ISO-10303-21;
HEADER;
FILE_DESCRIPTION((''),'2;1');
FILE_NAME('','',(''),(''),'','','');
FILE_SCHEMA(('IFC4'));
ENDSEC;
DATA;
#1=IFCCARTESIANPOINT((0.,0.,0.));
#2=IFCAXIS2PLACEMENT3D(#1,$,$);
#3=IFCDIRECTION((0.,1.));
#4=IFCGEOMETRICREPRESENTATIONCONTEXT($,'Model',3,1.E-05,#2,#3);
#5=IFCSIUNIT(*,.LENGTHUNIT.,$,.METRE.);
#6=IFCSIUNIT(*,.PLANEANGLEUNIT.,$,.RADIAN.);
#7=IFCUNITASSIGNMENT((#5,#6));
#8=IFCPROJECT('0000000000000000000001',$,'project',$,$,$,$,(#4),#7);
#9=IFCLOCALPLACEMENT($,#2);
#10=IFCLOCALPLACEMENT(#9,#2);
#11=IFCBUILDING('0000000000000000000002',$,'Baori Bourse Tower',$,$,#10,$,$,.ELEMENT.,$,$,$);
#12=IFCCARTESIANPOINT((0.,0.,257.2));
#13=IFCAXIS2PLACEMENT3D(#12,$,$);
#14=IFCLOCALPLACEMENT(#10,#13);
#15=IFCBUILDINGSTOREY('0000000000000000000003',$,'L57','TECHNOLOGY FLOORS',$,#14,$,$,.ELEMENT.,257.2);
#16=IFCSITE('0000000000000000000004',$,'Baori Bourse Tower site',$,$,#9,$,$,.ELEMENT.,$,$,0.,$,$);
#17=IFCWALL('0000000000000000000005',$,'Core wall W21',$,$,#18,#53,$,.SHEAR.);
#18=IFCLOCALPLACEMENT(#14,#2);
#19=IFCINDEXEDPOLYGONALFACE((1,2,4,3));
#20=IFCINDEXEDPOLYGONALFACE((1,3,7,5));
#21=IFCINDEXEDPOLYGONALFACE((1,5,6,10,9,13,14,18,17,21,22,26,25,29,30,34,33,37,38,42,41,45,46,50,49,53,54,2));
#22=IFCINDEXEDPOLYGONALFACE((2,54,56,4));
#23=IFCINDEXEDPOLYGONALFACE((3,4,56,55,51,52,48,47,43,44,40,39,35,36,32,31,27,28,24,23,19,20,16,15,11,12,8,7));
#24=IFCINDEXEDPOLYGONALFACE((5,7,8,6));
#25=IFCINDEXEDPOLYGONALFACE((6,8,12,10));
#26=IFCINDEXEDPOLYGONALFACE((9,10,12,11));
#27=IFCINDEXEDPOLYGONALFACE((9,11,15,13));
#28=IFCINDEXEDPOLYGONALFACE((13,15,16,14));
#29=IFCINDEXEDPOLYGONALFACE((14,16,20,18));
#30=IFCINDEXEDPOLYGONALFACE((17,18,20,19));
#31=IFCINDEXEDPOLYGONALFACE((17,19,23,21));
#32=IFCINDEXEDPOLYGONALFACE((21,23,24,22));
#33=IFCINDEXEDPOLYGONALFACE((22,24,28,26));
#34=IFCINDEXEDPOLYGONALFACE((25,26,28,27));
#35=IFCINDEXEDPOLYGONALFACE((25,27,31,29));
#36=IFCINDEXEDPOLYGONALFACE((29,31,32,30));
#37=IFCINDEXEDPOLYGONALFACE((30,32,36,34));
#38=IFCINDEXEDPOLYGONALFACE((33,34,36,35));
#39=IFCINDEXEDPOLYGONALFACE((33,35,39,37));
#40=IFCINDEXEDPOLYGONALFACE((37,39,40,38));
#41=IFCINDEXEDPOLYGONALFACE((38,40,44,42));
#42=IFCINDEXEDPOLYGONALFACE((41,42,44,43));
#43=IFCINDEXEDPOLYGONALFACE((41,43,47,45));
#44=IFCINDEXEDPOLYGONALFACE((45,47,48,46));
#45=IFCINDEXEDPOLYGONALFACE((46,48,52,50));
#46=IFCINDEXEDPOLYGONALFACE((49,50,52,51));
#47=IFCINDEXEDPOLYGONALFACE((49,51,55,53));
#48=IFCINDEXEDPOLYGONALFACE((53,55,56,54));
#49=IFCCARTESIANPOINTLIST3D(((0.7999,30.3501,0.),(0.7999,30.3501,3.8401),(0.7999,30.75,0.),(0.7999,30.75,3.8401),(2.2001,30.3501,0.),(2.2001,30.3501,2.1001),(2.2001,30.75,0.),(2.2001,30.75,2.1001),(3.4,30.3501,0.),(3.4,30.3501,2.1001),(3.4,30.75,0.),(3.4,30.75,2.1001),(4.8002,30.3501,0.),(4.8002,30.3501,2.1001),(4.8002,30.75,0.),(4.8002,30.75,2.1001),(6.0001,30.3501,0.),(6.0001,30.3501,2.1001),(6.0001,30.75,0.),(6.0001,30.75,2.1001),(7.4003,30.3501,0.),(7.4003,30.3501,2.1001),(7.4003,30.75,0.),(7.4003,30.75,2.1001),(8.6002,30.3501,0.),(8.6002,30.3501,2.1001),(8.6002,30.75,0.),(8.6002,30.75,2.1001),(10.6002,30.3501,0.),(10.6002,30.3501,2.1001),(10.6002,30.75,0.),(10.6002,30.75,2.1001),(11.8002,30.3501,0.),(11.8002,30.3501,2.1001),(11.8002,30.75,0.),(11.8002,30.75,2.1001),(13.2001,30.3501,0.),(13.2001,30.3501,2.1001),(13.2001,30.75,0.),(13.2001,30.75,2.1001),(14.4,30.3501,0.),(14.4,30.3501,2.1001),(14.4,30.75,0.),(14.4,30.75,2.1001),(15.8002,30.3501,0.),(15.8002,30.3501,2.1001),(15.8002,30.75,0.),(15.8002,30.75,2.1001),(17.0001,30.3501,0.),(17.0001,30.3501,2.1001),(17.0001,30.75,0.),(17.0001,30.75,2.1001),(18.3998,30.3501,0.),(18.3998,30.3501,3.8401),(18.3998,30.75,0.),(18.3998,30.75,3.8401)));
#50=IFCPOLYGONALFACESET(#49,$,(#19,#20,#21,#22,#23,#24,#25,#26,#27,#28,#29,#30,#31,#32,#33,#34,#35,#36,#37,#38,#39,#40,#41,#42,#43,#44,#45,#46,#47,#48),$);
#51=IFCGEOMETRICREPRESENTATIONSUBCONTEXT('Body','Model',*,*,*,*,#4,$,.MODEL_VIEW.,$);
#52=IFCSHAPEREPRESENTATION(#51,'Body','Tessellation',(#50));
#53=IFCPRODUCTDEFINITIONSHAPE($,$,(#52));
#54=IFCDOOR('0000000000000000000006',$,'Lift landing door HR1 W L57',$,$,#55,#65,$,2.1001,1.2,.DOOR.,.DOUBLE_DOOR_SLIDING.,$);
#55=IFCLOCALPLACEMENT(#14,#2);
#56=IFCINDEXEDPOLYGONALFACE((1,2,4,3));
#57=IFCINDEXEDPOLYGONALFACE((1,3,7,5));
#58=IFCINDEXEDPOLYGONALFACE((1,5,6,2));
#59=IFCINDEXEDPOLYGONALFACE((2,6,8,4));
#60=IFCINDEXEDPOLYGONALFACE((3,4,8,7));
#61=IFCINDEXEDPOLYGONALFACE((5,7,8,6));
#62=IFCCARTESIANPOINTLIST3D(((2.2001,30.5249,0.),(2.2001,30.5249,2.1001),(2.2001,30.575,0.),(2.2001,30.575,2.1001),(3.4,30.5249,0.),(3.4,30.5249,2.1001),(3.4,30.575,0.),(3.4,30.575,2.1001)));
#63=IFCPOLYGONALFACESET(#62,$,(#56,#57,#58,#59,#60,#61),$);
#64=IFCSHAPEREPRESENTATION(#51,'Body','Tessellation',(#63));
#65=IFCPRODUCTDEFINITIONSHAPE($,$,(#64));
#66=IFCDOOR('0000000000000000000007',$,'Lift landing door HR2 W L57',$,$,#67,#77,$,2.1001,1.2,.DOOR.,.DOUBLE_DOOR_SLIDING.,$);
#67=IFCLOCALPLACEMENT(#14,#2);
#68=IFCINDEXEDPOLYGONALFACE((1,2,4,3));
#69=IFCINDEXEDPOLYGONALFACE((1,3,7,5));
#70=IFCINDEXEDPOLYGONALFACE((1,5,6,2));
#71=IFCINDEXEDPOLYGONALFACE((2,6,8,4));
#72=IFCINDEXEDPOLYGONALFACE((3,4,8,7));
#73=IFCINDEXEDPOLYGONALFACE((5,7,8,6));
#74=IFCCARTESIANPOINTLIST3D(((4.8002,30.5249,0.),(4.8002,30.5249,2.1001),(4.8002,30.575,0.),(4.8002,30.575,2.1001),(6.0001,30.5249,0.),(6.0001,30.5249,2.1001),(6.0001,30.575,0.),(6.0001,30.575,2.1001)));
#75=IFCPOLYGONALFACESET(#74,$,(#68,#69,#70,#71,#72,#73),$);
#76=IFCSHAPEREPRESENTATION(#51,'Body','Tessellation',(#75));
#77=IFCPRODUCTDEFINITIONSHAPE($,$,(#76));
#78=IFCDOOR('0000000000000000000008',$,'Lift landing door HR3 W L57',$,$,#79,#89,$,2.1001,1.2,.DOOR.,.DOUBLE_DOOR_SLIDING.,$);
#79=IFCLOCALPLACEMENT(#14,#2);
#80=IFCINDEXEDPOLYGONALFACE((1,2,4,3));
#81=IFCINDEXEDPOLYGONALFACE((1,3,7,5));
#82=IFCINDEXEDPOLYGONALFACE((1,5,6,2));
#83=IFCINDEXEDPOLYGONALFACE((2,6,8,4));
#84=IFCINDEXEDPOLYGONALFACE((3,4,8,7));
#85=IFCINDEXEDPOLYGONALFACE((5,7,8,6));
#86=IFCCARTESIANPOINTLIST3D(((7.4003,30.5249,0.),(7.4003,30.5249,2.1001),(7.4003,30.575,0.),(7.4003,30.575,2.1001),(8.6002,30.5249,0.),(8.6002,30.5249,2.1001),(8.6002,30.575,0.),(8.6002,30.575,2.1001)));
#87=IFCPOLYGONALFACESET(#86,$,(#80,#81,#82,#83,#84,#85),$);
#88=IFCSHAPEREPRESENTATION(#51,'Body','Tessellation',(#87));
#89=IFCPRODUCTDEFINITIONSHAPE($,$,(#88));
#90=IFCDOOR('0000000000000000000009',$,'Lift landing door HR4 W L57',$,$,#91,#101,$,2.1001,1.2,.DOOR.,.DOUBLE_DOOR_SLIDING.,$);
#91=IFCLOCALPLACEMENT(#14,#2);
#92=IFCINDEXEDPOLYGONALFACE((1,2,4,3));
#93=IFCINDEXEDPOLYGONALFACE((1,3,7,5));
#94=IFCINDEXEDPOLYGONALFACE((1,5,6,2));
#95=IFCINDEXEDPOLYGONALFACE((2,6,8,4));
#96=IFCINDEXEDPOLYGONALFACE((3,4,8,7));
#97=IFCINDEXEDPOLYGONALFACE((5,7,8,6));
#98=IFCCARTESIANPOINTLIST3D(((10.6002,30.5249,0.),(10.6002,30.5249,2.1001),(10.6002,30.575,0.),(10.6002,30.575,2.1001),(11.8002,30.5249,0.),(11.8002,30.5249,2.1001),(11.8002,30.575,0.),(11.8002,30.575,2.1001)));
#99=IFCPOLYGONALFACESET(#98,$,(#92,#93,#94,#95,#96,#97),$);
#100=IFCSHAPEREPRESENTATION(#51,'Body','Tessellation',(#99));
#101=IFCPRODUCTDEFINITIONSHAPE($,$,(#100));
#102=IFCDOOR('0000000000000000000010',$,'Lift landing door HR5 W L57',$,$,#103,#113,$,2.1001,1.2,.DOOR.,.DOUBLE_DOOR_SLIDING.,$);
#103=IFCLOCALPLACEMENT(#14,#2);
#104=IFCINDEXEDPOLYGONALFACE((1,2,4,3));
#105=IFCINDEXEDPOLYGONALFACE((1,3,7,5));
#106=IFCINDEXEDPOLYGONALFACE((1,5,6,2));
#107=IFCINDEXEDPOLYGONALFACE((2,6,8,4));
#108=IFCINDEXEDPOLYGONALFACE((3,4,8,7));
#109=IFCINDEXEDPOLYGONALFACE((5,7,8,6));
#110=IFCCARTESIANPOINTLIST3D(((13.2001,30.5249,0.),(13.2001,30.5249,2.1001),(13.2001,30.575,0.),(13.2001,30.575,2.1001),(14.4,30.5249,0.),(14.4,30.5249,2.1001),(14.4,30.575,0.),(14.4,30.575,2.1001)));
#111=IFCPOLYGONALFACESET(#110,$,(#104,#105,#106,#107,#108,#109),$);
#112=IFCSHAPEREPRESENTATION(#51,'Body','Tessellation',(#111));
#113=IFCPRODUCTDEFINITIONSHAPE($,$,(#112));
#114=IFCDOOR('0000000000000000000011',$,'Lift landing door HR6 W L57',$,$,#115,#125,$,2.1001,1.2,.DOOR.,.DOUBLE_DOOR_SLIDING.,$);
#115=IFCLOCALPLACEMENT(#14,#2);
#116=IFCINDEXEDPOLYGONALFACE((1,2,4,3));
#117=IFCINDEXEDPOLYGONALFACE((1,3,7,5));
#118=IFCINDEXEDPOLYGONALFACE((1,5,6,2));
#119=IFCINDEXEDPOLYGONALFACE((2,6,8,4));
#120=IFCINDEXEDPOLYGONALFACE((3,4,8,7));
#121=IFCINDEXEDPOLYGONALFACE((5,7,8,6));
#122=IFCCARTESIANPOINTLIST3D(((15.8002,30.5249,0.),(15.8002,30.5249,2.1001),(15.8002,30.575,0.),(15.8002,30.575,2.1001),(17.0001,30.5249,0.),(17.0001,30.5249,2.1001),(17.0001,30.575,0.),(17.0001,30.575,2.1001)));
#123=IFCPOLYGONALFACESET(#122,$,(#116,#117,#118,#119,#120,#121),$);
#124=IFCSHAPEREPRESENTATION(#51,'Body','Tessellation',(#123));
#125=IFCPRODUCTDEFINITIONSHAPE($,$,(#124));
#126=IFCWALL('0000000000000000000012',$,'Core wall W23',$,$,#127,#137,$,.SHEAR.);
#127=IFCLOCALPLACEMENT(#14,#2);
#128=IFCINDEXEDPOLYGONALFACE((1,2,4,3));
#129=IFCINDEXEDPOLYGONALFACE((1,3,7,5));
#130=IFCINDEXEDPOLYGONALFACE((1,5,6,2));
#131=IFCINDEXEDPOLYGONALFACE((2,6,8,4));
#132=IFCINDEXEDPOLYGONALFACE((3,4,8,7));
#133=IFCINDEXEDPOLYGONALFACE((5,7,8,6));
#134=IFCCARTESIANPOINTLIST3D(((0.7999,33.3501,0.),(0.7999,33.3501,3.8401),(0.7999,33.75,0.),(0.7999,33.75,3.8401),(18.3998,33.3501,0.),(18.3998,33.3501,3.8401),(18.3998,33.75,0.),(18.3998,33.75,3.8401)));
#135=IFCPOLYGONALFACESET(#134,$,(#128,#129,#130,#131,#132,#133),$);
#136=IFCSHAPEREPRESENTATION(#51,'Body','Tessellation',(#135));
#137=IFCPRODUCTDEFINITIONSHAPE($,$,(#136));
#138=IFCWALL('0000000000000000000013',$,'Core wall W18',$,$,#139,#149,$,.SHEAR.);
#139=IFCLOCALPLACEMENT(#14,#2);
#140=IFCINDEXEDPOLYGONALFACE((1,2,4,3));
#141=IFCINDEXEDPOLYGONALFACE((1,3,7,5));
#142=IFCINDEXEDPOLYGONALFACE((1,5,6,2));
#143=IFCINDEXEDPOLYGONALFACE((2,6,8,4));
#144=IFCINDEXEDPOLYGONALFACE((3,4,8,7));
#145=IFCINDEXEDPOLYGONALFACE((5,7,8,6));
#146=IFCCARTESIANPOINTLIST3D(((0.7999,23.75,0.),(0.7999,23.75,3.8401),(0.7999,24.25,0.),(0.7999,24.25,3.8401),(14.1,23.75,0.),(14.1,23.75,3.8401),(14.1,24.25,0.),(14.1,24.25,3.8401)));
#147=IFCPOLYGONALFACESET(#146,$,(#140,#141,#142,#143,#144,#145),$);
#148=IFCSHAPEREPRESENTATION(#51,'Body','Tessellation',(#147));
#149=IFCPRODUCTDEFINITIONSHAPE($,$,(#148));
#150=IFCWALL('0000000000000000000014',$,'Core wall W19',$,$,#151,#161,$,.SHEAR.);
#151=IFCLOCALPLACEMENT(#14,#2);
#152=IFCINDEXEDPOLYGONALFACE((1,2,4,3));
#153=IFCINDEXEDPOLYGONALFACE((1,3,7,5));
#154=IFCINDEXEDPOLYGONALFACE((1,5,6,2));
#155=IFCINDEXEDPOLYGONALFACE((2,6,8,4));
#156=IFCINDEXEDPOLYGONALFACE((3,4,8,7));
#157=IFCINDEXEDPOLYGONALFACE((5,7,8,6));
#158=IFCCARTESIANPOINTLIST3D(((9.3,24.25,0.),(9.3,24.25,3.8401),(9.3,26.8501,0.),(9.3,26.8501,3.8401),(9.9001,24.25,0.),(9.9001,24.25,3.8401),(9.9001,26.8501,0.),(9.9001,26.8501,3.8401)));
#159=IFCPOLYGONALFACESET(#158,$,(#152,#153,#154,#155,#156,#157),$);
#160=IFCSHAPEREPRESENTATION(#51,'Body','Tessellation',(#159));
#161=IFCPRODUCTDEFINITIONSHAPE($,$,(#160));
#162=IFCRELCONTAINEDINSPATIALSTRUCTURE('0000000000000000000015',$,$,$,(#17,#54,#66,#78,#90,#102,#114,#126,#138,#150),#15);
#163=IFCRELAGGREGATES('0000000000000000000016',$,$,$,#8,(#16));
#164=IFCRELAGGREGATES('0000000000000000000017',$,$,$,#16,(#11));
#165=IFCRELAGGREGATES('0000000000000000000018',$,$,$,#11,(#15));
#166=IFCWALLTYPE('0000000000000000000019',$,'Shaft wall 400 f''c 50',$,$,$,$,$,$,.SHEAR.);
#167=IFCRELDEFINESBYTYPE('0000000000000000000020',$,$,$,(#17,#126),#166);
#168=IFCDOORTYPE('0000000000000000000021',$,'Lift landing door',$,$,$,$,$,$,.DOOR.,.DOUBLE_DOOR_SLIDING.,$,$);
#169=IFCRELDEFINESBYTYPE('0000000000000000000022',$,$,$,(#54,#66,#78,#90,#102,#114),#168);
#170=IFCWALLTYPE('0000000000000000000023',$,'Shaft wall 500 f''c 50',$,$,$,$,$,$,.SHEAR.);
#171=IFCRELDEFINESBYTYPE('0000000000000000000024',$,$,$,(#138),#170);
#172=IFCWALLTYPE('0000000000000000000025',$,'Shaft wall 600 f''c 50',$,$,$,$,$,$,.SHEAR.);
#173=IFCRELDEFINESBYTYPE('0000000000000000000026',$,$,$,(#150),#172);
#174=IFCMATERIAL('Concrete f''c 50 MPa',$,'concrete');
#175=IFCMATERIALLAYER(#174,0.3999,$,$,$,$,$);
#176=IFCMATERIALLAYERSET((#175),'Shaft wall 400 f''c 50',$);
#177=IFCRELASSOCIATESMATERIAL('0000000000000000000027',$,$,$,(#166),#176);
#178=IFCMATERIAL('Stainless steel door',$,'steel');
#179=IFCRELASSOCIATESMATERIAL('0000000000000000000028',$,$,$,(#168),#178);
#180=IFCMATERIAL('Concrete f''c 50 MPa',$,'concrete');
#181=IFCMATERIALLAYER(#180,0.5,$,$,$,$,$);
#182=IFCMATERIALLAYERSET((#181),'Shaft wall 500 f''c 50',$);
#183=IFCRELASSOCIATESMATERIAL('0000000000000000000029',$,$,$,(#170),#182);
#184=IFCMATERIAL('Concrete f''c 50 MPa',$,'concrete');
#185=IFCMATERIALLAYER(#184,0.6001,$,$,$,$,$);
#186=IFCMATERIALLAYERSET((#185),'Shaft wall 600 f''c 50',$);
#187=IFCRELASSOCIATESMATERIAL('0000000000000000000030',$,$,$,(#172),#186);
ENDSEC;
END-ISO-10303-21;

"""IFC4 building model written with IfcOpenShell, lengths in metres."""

from ifc_helpers import new_model, si_unit, direction, frame, frame_2d, origin, place, context, subcontext, project, spatial, rectangle, extrude, material, layer, layer_set, type_object, element, fill, save


model = new_model("IFC4")

# Units and contexts
model_context = context("Model", 3, precision=1e-05, world=origin(), true_north=direction((0.0, 1.0)))
body_context = subcontext(model_context, "Body", "Model", "MODEL_VIEW")
ifc_project = project(units=[si_unit("LENGTHUNIT", "METRE"), si_unit("PLANEANGLEUNIT", "RADIAN")], contexts=[model_context])

# Site, building, storey
site_placement = place(None, origin())
site = spatial("IfcSite", under=ifc_project, at=site_placement, Name="Baori Bourse Tower site", CompositionType="ELEMENT", RefElevation=0.0)
building_placement = place(site_placement, origin())
building = spatial("IfcBuilding", under=site, at=building_placement, Name="Baori Bourse Tower", CompositionType="ELEMENT")
storey_placement = place(building_placement, frame((0.0, 0.0, 257.2)))
storey = spatial("IfcBuildingStorey", under=building, at=storey_placement, Name="L57", Description="TECHNOLOGY FLOORS", CompositionType="ELEMENT", Elevation=257.2)

# Wall, openings, doors
ifc_material_1 = material(Name="Concrete f'c 50 MPa", Category="concrete")
ifc_layer_1 = layer(ifc_material_1, 0.3999)
ifc_layer_set_1 = layer_set([ifc_layer_1], Name="Shaft wall 400 f'c 50")
wall_type_1 = type_object("IfcWallType", Name="Shaft wall 400 f'c 50", PredefinedType="SHEAR", material=ifc_layer_set_1)
ifc_material_2 = material(Name="Stainless steel door", Category="steel")
door_type_1 = type_object("IfcDoorType", Name="Lift landing door", OperationType="DOUBLE_DOOR_SLIDING", PredefinedType="DOOR", material=ifc_material_2)
wall_1_placement = place(storey_placement, frame((0.8, 30.55, 0.0), z_axis=(0.0, 0.0, 1.0), x_axis=(1.0, 0.0, 0.0)))
wall_1 = element("IfcWall", 1, at=wall_1_placement, inside=storey, type_object=wall_type_1, Name="Core wall W21", PredefinedType="SHEAR", context=body_context, shape_type="SweptSolid", body=[
    extrude(rectangle(XDim=17.5999, YDim=0.3999, at=frame_2d((8.7998, 0.0))), origin(), (0.0, 0.0, 1.0), 3.8401),
])
opening_1_placement = place(wall_1_placement, frame((1.3999, 0.0, 0.0)))
opening_1 = element("IfcOpeningElement", 2, at=opening_1_placement, cuts=wall_1, PredefinedType="OPENING", context=body_context, shape_type="SweptSolid", body=[
    extrude(rectangle(XDim=1.2, YDim=2.1001, at=frame_2d((0.6001, 1.05))), frame((0.0, 0.21, 0.0), z_axis=(0.0, -1.0, 0.0), x_axis=(1.0, 0.0, 0.0)), (0.0, 0.0, 1.0), 0.4199),
])
opening_2_placement = place(wall_1_placement, frame((4.0, 0.0, 0.0)))
opening_2 = element("IfcOpeningElement", 3, at=opening_2_placement, cuts=wall_1, PredefinedType="OPENING", context=body_context, shape_type="SweptSolid", body=[
    extrude(rectangle(XDim=1.2, YDim=2.1001, at=frame_2d((0.6001, 1.05))), frame((0.0, 0.21, 0.0), z_axis=(0.0, -1.0, 0.0), x_axis=(1.0, 0.0, 0.0)), (0.0, 0.0, 1.0), 0.4199),
])
opening_3_placement = place(wall_1_placement, frame((6.6001, 0.0, 0.0)))
opening_3 = element("IfcOpeningElement", 4, at=opening_3_placement, cuts=wall_1, PredefinedType="OPENING", context=body_context, shape_type="SweptSolid", body=[
    extrude(rectangle(XDim=1.2, YDim=2.1001, at=frame_2d((0.6001, 1.05))), frame((0.0, 0.21, 0.0), z_axis=(0.0, -1.0, 0.0), x_axis=(1.0, 0.0, 0.0)), (0.0, 0.0, 1.0), 0.4199),
])
opening_4_placement = place(wall_1_placement, frame((9.8, 0.0, 0.0)))
opening_4 = element("IfcOpeningElement", 5, at=opening_4_placement, cuts=wall_1, PredefinedType="OPENING", context=body_context, shape_type="SweptSolid", body=[
    extrude(rectangle(XDim=1.2, YDim=2.1001, at=frame_2d((0.6001, 1.05))), frame((0.0, 0.21, 0.0), z_axis=(0.0, -1.0, 0.0), x_axis=(1.0, 0.0, 0.0)), (0.0, 0.0, 1.0), 0.4199),
])
opening_5_placement = place(wall_1_placement, frame((12.3999, 0.0, 0.0)))
opening_5 = element("IfcOpeningElement", 6, at=opening_5_placement, cuts=wall_1, PredefinedType="OPENING", context=body_context, shape_type="SweptSolid", body=[
    extrude(rectangle(XDim=1.2, YDim=2.1001, at=frame_2d((0.6001, 1.05))), frame((0.0, 0.21, 0.0), z_axis=(0.0, -1.0, 0.0), x_axis=(1.0, 0.0, 0.0)), (0.0, 0.0, 1.0), 0.4199),
])
opening_6_placement = place(wall_1_placement, frame((15.0, 0.0, 0.0)))
opening_6 = element("IfcOpeningElement", 7, at=opening_6_placement, cuts=wall_1, PredefinedType="OPENING", context=body_context, shape_type="SweptSolid", body=[
    extrude(rectangle(XDim=1.2, YDim=2.1001, at=frame_2d((0.6001, 1.05))), frame((0.0, 0.21, 0.0), z_axis=(0.0, -1.0, 0.0), x_axis=(1.0, 0.0, 0.0)), (0.0, 0.0, 1.0), 0.4199),
])
door_1_placement = place(opening_1_placement, origin())
door_1 = element("IfcDoor", 8, at=door_1_placement, inside=storey, type_object=door_type_1, Name="Lift landing door HR1 W L57", OperationType="DOUBLE_DOOR_SLIDING", OverallHeight=2.1001, OverallWidth=1.2, PredefinedType="DOOR", context=body_context, shape_type="SweptSolid", body=[
    extrude(rectangle(XDim=1.2, YDim=2.1001, at=frame_2d((0.6001, 1.05))), frame((0.0, 0.0249, 0.0), z_axis=(0.0, -1.0, 0.0), x_axis=(1.0, 0.0, 0.0)), (0.0, 0.0, 1.0), 0.05),
])
fill(opening_1, door_1)
door_2_placement = place(opening_2_placement, origin())
door_2 = element("IfcDoor", 9, at=door_2_placement, inside=storey, type_object=door_type_1, Name="Lift landing door HR2 W L57", OperationType="DOUBLE_DOOR_SLIDING", OverallHeight=2.1001, OverallWidth=1.2, PredefinedType="DOOR", context=body_context, shape_type="SweptSolid", body=[
    extrude(rectangle(XDim=1.2, YDim=2.1001, at=frame_2d((0.6001, 1.05))), frame((0.0, 0.0249, 0.0), z_axis=(0.0, -1.0, 0.0), x_axis=(1.0, 0.0, 0.0)), (0.0, 0.0, 1.0), 0.05),
])
fill(opening_2, door_2)
door_3_placement = place(opening_3_placement, origin())
door_3 = element("IfcDoor", 10, at=door_3_placement, inside=storey, type_object=door_type_1, Name="Lift landing door HR3 W L57", OperationType="DOUBLE_DOOR_SLIDING", OverallHeight=2.1001, OverallWidth=1.2, PredefinedType="DOOR", context=body_context, shape_type="SweptSolid", body=[
    extrude(rectangle(XDim=1.2, YDim=2.1001, at=frame_2d((0.6001, 1.05))), frame((0.0, 0.0249, 0.0), z_axis=(0.0, -1.0, 0.0), x_axis=(1.0, 0.0, 0.0)), (0.0, 0.0, 1.0), 0.05),
])
fill(opening_3, door_3)
door_4_placement = place(opening_4_placement, origin())
door_4 = element("IfcDoor", 11, at=door_4_placement, inside=storey, type_object=door_type_1, Name="Lift landing door HR4 W L57", OperationType="DOUBLE_DOOR_SLIDING", OverallHeight=2.1001, OverallWidth=1.2, PredefinedType="DOOR", context=body_context, shape_type="SweptSolid", body=[
    extrude(rectangle(XDim=1.2, YDim=2.1001, at=frame_2d((0.6001, 1.05))), frame((0.0, 0.0249, 0.0), z_axis=(0.0, -1.0, 0.0), x_axis=(1.0, 0.0, 0.0)), (0.0, 0.0, 1.0), 0.05),
])
fill(opening_4, door_4)
door_5_placement = place(opening_5_placement, origin())
door_5 = element("IfcDoor", 12, at=door_5_placement, inside=storey, type_object=door_type_1, Name="Lift landing door HR5 W L57", OperationType="DOUBLE_DOOR_SLIDING", OverallHeight=2.1001, OverallWidth=1.2, PredefinedType="DOOR", context=body_context, shape_type="SweptSolid", body=[
    extrude(rectangle(XDim=1.2, YDim=2.1001, at=frame_2d((0.6001, 1.05))), frame((0.0, 0.0249, 0.0), z_axis=(0.0, -1.0, 0.0), x_axis=(1.0, 0.0, 0.0)), (0.0, 0.0, 1.0), 0.05),
])
fill(opening_5, door_5)
door_6_placement = place(opening_6_placement, origin())
door_6 = element("IfcDoor", 13, at=door_6_placement, inside=storey, type_object=door_type_1, Name="Lift landing door HR6 W L57", OperationType="DOUBLE_DOOR_SLIDING", OverallHeight=2.1001, OverallWidth=1.2, PredefinedType="DOOR", context=body_context, shape_type="SweptSolid", body=[
    extrude(rectangle(XDim=1.2, YDim=2.1001, at=frame_2d((0.6001, 1.05))), frame((0.0, 0.0249, 0.0), z_axis=(0.0, -1.0, 0.0), x_axis=(1.0, 0.0, 0.0)), (0.0, 0.0, 1.0), 0.05),
])
fill(opening_6, door_6)

# Walls
wall_2_placement = place(storey_placement, frame((0.8, 33.55, 0.0), z_axis=(0.0, 0.0, 1.0), x_axis=(1.0, 0.0, 0.0)))
element("IfcWall", 14, at=wall_2_placement, inside=storey, type_object=wall_type_1, Name="Core wall W23", PredefinedType="SHEAR", context=body_context, shape_type="SweptSolid", body=[
    extrude(rectangle(XDim=17.5999, YDim=0.3999, at=frame_2d((8.7998, 0.0))), origin(), (0.0, 0.0, 1.0), 3.8401),
])
ifc_material_3 = material(Name="Concrete f'c 50 MPa", Category="concrete")
ifc_layer_2 = layer(ifc_material_3, 0.5)
ifc_layer_set_2 = layer_set([ifc_layer_2], Name="Shaft wall 500 f'c 50")
wall_type_2 = type_object("IfcWallType", Name="Shaft wall 500 f'c 50", PredefinedType="SHEAR", material=ifc_layer_set_2)
wall_3_placement = place(storey_placement, frame((0.8, 24.0, 0.0), z_axis=(0.0, 0.0, 1.0), x_axis=(1.0, 0.0, 0.0)))
element("IfcWall", 15, at=wall_3_placement, inside=storey, type_object=wall_type_2, Name="Core wall W18", PredefinedType="SHEAR", context=body_context, shape_type="SweptSolid", body=[
    extrude(rectangle(XDim=13.3, YDim=0.5, at=frame_2d((6.6499, 0.0))), origin(), (0.0, 0.0, 1.0), 3.8401),
])
ifc_material_4 = material(Name="Concrete f'c 50 MPa", Category="concrete")
ifc_layer_3 = layer(ifc_material_4, 0.6001)
ifc_layer_set_3 = layer_set([ifc_layer_3], Name="Shaft wall 600 f'c 50")
wall_type_3 = type_object("IfcWallType", Name="Shaft wall 600 f'c 50", PredefinedType="SHEAR", material=ifc_layer_set_3)
for number, where, z_axis, x_axis, name in (
    (16, (9.6001, 24.25, 0.0), (0.0, 0.0, 1.0), (0.0, 1.0, 0.0), "Core wall W19"),
):
    element("IfcWall", number, at=place(storey_placement, frame(where, z_axis=z_axis, x_axis=x_axis)), inside=storey, type_object=wall_type_3, Name=name, PredefinedType="SHEAR", context=body_context, shape_type="SweptSolid", body=[
        extrude(rectangle(XDim=2.6001, YDim=0.6001, at=frame_2d((1.3, 0.0))), origin(), (0.0, 0.0, 1.0), 3.8401),
    ])

save(model, "model.ifc")
